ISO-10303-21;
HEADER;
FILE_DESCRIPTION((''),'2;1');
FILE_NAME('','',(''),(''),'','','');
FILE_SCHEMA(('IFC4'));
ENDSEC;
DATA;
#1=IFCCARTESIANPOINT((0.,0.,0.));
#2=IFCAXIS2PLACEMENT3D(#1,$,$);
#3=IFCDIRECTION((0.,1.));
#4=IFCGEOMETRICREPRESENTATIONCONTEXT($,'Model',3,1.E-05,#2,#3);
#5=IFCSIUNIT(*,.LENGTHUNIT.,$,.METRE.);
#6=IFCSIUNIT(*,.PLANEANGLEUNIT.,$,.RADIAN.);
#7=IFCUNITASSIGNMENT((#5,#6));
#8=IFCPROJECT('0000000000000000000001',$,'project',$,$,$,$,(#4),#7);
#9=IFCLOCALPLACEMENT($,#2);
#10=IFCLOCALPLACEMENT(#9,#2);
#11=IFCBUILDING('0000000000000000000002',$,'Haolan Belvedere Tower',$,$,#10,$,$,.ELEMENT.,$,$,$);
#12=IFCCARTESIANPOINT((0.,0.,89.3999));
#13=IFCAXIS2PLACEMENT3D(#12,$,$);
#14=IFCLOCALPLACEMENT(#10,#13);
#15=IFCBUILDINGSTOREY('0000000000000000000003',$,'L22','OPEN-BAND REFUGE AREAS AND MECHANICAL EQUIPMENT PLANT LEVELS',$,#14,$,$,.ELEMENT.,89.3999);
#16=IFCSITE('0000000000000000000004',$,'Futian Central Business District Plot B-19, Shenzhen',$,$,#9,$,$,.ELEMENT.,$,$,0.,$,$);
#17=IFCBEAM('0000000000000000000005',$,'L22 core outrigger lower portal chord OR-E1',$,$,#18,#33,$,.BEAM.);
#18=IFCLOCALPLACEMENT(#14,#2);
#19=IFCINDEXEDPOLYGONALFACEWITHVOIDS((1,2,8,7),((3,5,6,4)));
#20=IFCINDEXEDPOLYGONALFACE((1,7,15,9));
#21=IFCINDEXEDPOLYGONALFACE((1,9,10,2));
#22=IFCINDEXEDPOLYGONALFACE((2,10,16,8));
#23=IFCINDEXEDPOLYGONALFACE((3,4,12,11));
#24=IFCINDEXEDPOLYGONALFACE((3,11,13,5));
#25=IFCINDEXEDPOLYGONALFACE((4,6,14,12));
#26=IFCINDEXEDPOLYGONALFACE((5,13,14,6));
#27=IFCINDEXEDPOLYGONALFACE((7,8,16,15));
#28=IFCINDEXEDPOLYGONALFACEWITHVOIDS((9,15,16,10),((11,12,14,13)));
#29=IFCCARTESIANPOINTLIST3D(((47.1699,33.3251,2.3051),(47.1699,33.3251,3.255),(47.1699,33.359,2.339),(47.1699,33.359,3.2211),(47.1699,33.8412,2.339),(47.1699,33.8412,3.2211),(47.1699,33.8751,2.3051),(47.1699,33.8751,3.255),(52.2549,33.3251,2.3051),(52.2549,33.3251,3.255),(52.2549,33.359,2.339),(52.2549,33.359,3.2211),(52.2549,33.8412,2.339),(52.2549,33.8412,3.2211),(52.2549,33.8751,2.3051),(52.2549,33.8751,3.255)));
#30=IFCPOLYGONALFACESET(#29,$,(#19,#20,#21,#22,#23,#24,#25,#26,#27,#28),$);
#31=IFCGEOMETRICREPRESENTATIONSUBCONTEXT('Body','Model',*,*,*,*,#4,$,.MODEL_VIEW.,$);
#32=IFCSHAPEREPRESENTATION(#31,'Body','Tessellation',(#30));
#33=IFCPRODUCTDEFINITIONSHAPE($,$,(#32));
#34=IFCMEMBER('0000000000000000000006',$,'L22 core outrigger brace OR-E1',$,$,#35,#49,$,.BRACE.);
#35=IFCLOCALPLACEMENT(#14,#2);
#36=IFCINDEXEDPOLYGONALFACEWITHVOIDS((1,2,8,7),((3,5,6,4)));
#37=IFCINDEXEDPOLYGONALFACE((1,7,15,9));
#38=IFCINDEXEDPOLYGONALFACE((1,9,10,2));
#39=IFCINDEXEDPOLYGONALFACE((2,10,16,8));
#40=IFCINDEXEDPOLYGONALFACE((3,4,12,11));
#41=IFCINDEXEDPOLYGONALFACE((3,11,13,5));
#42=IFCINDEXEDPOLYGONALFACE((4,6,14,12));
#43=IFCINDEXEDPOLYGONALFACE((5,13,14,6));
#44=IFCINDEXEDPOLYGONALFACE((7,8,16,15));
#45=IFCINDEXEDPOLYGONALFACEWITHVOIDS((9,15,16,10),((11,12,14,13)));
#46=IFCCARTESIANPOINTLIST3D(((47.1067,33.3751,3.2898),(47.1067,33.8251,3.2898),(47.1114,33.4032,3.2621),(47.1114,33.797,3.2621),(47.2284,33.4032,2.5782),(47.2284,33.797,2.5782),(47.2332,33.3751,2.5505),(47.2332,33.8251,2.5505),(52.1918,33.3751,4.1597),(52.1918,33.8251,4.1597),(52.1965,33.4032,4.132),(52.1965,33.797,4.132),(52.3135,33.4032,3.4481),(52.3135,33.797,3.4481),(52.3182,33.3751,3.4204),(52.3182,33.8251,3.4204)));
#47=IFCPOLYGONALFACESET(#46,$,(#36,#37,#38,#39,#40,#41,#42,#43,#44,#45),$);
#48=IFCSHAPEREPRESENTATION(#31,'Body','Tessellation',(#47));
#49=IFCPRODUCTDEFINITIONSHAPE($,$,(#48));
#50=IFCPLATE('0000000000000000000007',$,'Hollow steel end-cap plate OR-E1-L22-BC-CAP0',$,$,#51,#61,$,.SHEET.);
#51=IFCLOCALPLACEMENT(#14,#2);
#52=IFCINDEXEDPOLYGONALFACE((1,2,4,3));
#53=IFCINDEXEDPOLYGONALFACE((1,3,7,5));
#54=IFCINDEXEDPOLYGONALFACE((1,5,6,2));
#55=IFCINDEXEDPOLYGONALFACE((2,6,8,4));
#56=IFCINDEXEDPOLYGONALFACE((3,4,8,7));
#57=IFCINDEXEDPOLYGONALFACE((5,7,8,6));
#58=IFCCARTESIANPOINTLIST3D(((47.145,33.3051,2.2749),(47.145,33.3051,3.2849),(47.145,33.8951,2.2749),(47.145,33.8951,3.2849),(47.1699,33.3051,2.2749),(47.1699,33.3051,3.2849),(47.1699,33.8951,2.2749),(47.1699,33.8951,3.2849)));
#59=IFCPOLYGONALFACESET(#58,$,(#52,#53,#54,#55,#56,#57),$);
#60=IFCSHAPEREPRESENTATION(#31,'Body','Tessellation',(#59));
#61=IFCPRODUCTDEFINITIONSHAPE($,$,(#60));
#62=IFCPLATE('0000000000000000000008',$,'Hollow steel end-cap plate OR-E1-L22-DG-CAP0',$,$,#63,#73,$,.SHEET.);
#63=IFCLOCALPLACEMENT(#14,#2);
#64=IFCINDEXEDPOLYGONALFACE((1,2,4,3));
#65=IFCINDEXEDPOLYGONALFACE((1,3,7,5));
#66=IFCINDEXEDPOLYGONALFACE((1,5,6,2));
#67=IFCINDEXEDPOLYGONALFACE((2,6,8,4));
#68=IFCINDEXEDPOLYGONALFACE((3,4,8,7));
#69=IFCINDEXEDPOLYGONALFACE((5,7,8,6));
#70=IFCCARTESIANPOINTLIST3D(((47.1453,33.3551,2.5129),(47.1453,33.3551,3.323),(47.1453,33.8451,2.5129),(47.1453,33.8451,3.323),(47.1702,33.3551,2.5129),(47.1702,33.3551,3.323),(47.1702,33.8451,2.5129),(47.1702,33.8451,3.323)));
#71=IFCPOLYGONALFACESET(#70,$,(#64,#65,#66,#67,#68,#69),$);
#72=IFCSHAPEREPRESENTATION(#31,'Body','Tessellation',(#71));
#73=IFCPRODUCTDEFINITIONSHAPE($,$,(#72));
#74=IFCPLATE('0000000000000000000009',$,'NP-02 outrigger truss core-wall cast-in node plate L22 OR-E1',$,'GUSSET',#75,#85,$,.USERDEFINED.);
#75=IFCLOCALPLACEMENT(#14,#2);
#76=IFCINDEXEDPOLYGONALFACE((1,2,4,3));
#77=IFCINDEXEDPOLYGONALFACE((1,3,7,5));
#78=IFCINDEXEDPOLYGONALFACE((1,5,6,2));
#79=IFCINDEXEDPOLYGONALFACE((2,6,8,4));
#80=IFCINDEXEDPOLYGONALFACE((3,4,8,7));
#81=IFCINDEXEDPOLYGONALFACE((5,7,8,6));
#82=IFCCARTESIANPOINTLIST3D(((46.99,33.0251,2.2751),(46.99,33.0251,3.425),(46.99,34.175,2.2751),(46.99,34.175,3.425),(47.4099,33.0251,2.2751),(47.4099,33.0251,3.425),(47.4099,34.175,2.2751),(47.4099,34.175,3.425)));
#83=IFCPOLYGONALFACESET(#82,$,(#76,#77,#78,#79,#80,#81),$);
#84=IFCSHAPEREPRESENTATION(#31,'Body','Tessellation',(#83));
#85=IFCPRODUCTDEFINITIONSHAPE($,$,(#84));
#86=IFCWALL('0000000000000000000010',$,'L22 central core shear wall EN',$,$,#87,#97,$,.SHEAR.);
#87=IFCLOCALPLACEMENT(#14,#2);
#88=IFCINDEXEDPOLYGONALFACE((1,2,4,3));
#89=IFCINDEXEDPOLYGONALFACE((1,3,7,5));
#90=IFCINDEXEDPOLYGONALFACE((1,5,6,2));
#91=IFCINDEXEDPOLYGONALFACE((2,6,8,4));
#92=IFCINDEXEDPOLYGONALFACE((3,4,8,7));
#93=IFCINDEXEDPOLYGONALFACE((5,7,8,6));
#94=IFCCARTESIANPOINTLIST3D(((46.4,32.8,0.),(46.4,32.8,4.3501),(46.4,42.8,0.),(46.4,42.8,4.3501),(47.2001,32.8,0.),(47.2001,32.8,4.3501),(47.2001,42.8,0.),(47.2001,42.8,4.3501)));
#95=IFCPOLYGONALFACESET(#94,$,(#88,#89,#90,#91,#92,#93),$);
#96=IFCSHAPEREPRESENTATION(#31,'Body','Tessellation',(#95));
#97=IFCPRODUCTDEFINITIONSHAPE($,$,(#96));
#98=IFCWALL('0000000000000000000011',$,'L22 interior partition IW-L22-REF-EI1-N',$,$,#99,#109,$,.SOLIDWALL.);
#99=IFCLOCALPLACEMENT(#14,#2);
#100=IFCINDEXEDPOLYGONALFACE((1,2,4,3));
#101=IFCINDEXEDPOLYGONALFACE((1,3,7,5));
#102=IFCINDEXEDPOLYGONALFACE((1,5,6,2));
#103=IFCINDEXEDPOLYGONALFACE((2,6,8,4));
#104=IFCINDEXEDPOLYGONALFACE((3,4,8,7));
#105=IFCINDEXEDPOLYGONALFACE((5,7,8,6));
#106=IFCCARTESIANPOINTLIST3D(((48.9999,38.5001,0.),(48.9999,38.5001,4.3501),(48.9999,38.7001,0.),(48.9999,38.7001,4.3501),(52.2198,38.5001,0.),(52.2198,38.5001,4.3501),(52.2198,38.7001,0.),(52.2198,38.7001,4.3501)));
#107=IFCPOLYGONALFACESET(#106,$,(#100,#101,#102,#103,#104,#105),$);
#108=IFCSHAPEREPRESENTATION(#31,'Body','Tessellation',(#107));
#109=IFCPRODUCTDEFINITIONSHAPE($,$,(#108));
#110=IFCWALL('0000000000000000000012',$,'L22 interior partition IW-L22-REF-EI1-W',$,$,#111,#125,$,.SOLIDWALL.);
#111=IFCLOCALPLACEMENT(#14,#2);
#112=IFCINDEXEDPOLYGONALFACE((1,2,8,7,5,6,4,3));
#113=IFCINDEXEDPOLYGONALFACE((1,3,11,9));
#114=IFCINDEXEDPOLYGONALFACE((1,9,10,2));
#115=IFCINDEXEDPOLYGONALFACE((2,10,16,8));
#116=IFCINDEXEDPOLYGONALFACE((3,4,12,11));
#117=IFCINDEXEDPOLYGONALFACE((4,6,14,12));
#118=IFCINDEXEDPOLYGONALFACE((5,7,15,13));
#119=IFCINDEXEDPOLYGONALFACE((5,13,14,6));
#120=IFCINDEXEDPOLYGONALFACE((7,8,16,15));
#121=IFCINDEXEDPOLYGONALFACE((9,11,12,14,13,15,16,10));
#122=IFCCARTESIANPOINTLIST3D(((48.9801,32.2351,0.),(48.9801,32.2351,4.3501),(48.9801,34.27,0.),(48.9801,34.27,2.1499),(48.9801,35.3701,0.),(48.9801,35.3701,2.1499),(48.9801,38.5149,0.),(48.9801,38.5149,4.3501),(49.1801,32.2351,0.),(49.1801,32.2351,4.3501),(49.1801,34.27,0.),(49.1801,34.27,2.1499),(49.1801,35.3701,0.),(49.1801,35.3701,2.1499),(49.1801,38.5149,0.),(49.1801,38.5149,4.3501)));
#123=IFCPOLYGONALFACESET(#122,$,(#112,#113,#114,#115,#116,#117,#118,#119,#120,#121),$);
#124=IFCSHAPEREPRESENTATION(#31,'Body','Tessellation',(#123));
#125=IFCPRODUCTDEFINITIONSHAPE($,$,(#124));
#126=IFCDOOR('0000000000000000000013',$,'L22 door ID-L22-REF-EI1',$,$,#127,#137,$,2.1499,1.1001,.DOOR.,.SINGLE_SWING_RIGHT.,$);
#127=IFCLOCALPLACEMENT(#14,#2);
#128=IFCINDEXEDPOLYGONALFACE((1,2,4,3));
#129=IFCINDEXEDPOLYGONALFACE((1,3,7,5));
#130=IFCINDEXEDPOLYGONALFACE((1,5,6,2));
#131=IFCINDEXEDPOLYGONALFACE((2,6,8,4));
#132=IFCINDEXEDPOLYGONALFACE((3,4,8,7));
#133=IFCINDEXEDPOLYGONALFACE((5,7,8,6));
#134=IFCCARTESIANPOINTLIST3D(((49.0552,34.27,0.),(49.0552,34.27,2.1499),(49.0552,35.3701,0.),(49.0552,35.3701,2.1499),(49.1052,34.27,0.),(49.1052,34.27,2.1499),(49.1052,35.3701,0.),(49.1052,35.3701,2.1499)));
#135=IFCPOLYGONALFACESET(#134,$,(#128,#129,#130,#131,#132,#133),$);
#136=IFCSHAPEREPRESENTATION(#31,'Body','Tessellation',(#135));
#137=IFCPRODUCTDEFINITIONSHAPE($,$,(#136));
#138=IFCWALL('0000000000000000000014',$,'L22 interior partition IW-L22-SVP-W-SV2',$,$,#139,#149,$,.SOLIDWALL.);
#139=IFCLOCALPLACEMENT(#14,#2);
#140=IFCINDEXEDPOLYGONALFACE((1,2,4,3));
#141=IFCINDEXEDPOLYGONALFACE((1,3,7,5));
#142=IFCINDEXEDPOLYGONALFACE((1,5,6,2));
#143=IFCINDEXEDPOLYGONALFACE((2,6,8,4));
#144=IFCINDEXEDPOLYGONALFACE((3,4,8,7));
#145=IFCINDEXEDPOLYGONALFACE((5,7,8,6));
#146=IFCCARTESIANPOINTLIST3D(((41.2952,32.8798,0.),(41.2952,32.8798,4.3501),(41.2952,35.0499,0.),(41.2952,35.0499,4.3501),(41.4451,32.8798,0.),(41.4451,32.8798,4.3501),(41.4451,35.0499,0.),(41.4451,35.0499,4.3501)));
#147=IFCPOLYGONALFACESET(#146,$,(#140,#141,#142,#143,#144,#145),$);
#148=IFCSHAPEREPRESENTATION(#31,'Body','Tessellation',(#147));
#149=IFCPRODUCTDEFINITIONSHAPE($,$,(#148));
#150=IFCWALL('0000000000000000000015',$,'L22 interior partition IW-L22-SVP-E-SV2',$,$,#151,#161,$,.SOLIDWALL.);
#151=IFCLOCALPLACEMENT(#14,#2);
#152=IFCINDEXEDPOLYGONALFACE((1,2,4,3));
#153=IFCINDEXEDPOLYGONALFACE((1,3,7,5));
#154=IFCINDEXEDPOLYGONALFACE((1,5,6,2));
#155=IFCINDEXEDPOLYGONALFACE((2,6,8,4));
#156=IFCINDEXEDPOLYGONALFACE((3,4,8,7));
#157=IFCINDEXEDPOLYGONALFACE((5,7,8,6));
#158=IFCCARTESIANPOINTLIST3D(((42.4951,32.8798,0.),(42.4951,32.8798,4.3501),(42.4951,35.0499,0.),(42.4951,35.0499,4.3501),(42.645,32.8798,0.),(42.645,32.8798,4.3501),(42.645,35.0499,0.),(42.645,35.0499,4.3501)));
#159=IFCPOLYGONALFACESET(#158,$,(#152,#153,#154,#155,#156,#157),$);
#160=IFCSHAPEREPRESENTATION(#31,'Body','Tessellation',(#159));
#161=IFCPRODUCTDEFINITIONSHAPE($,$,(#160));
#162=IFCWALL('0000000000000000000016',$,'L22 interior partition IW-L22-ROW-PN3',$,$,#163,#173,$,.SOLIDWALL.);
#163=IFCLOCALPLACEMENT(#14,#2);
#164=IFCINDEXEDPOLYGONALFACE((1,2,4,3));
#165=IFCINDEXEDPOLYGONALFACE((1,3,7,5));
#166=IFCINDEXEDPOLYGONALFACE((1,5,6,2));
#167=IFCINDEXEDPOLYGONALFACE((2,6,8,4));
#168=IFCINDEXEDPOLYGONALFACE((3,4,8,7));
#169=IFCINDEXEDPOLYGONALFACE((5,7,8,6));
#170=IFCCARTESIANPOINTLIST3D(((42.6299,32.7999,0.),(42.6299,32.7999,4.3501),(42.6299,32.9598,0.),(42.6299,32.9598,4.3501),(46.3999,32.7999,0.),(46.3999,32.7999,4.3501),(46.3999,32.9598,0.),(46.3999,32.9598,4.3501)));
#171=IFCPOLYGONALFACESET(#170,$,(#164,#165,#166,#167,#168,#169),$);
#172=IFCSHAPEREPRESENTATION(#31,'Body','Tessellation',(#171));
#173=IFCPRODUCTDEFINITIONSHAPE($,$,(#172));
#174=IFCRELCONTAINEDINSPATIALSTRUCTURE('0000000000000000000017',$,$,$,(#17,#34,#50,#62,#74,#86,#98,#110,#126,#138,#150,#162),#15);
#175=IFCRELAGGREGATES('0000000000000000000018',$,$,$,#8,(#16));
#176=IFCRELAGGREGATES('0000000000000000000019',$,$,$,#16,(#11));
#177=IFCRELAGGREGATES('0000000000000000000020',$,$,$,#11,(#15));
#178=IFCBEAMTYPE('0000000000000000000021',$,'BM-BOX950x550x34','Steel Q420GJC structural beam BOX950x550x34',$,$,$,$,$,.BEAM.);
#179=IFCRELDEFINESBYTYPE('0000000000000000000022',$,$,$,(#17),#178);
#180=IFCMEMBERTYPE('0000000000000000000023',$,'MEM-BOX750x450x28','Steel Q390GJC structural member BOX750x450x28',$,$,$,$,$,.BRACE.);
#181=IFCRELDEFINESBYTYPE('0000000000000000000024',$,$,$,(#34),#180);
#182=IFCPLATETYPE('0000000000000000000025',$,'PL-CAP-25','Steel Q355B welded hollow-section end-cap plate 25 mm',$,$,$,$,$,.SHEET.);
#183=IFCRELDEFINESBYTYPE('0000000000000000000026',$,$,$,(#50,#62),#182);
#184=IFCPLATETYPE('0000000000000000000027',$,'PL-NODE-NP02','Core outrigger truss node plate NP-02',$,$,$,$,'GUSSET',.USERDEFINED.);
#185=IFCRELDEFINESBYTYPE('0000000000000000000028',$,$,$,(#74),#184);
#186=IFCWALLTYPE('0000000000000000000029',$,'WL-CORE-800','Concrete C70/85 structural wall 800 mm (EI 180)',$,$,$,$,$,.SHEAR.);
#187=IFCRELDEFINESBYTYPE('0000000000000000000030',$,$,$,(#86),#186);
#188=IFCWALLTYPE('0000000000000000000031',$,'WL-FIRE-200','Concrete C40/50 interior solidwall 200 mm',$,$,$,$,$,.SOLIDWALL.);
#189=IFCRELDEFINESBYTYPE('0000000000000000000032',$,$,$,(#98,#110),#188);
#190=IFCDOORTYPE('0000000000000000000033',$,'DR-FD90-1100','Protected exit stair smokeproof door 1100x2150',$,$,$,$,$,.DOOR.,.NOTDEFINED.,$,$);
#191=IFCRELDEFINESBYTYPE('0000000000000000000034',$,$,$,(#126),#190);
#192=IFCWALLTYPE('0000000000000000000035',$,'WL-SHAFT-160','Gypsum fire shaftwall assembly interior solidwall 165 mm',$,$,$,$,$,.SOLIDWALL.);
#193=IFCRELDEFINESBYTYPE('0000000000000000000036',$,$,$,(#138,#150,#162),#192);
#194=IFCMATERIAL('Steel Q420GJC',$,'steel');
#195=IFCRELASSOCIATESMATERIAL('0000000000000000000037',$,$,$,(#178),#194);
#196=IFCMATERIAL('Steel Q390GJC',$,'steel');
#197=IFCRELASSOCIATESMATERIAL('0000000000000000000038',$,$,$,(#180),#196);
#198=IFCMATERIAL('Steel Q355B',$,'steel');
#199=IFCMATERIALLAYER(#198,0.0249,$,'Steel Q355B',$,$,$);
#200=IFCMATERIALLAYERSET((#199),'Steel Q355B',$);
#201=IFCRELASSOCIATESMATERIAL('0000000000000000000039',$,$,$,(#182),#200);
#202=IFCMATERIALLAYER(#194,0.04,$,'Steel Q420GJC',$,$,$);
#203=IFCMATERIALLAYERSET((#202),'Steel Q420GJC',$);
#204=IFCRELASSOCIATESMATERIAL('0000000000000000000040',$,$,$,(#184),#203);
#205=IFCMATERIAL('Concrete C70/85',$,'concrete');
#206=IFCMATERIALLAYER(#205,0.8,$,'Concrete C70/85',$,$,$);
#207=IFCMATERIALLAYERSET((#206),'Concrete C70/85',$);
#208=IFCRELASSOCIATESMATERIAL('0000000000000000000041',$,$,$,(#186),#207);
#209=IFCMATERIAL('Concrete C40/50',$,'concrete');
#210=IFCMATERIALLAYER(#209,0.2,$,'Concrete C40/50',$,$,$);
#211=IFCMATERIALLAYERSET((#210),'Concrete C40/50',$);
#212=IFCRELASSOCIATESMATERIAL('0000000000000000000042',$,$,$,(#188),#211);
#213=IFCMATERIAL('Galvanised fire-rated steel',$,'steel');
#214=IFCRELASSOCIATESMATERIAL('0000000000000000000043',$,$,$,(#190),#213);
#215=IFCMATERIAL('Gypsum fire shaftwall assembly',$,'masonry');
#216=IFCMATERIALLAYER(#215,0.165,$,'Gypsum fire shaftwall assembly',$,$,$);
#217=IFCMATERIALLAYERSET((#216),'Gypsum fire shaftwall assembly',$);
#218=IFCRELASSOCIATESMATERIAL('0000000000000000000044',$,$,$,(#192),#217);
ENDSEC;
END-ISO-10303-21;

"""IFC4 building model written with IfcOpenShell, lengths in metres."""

from ifc_helpers import new_model, si_unit, direction, frame, frame_2d, origin, origin_2d, place, context, subcontext, project, spatial, rectangle, hollow_rectangle, extrude, material, layer, layer_set, material_profile, profile_set, type_object, element, fill, save


model = new_model("IFC4")

# Units and contexts
model_context = context("Model", 3, precision=1e-05, world=origin(), true_north=direction((0.0, 1.0)))
body_context = subcontext(model_context, "Body", "Model", "MODEL_VIEW")
ifc_project = project(units=[si_unit("LENGTHUNIT", "METRE"), si_unit("PLANEANGLEUNIT", "RADIAN")], contexts=[model_context])

# Site, building, storey
site_placement = place(None, origin())
site = spatial("IfcSite", under=ifc_project, at=site_placement, Name="Futian Central Business District Plot B-19, Shenzhen", CompositionType="ELEMENT", RefElevation=0.0)
building_placement = place(site_placement, origin())
building = spatial("IfcBuilding", under=site, at=building_placement, Name="Haolan Belvedere Tower", CompositionType="ELEMENT")
storey_placement = place(building_placement, frame((0.0, 0.0, 89.3999)))
storey = spatial("IfcBuildingStorey", under=building, at=storey_placement, Name="L22", Description="OPEN-BAND REFUGE AREAS AND MECHANICAL EQUIPMENT PLANT LEVELS", CompositionType="ELEMENT", Elevation=89.3999)

# Beam
ifc_material_1 = material(Name="Steel Q420GJC", Category="steel")
ifc_material_profile_1 = material_profile(ifc_material_1, hollow_rectangle(XDim=0.55, YDim=0.95, WallThickness=0.0339, at=origin_2d()), Name="Steel Q420GJC")
ifc_profile_set_1 = profile_set([ifc_material_profile_1], Name="Steel Q420GJC")
beam_type = type_object("IfcBeamType", Name="BM-BOX950x550x34", Description="Steel Q420GJC structural beam BOX950x550x34", PredefinedType="BEAM", material=ifc_profile_set_1)
beam_placement = place(storey_placement, frame((47.1699, 33.6001, 2.78), z_axis=(1.0, 0.0, 0.0), x_axis=(0.0, 1.0, 0.0)))
element("IfcBeam", 1, at=beam_placement, inside=storey, type_object=beam_type, Name="L22 core outrigger lower portal chord OR-E1", PredefinedType="BEAM", context=body_context, shape_type="SweptSolid", body=[
    extrude(hollow_rectangle(XDim=0.55, YDim=0.95, WallThickness=0.0339, at=origin_2d()), origin(), (0.0, 0.0, 1.0), 5.085),
])

# Member
ifc_material_2 = material(Name="Steel Q390GJC", Category="steel")
ifc_material_profile_2 = material_profile(ifc_material_2, hollow_rectangle(XDim=0.45, YDim=0.75, WallThickness=0.0281, at=origin_2d()), Name="Steel Q390GJC")
ifc_profile_set_2 = profile_set([ifc_material_profile_2], Name="Steel Q390GJC")
member_type = type_object("IfcMemberType", Name="MEM-BOX750x450x28", Description="Steel Q390GJC structural member BOX750x450x28", PredefinedType="BRACE", material=ifc_profile_set_2)
member_placement = place(storey_placement, frame((47.1699, 33.6001, 2.9202), z_axis=(0.985681, 0.0, 0.168618), x_axis=(0.0, 1.0, 0.0)))
element("IfcMember", 2, at=member_placement, inside=storey, type_object=member_type, Name="L22 core outrigger brace OR-E1", PredefinedType="BRACE", context=body_context, shape_type="SweptSolid", body=[
    extrude(hollow_rectangle(XDim=0.45, YDim=0.75, WallThickness=0.0281, at=origin_2d()), origin(), (0.0, 0.0, 1.0), 5.1589),
])

# Plates
ifc_material_3 = material(Name="Steel Q355B", Category="steel")
ifc_layer_1 = layer(ifc_material_3, 0.0249, Name="Steel Q355B")
ifc_layer_set_1 = layer_set([ifc_layer_1], Name="Steel Q355B")
plate_type_1 = type_object("IfcPlateType", Name="PL-CAP-25", Description="Steel Q355B welded hollow-section end-cap plate 25 mm", PredefinedType="SHEET", material=ifc_layer_set_1)
plate_1_placement = place(storey_placement, frame((47.1575, 33.6001, 2.2749), z_axis=(0.0, 0.0, 1.0), x_axis=(0.0, -1.0, 0.0)))
element("IfcPlate", 3, at=plate_1_placement, inside=storey, type_object=plate_type_1, Name="Hollow steel end-cap plate OR-E1-L22-BC-CAP0", PredefinedType="SHEET", context=body_context, shape_type="SweptSolid", body=[
    extrude(rectangle(XDim=0.5901, YDim=0.0249, at=origin_2d()), origin(), (0.0, 0.0, 1.0), 1.01),
])
plate_2_placement = place(storey_placement, frame((47.1577, 33.6001, 2.5129), z_axis=(0.0, 0.0, 1.0), x_axis=(0.0, -1.0, 0.0)))
element("IfcPlate", 4, at=plate_2_placement, inside=storey, type_object=plate_type_1, Name="Hollow steel end-cap plate OR-E1-L22-DG-CAP0", PredefinedType="SHEET", context=body_context, shape_type="SweptSolid", body=[
    extrude(rectangle(XDim=0.49, YDim=0.0249, at=origin_2d()), origin(), (0.0, 0.0, 1.0), 0.8101),
])
ifc_layer_2 = layer(ifc_material_1, 0.04, Name="Steel Q420GJC")
ifc_layer_set_2 = layer_set([ifc_layer_2], Name="Steel Q420GJC")
plate_type_2 = type_object("IfcPlateType", Name="PL-NODE-NP02", Description="Core outrigger truss node plate NP-02", ElementType="GUSSET", PredefinedType="USERDEFINED", material=ifc_layer_set_2)
plate_3_placement = place(storey_placement, frame((47.2, 33.6001, 2.2751), z_axis=(0.0, 0.0, 1.0), x_axis=(1.0, 0.0, 0.0)))
element("IfcPlate", 5, at=plate_3_placement, inside=storey, type_object=plate_type_2, Name="NP-02 outrigger truss core-wall cast-in node plate L22 OR-E1", ObjectType="GUSSET", PredefinedType="USERDEFINED", context=body_context, shape_type="SweptSolid", body=[
    extrude(rectangle(XDim=0.4199, YDim=1.1499, at=origin_2d()), origin(), (0.0, 0.0, 1.0), 1.1499),
])

# Walls
ifc_material_4 = material(Name="Concrete C70/85", Category="concrete")
ifc_layer_3 = layer(ifc_material_4, 0.8, Name="Concrete C70/85")
ifc_layer_set_3 = layer_set([ifc_layer_3], Name="Concrete C70/85")
wall_type_1 = type_object("IfcWallType", Name="WL-CORE-800", Description="Concrete C70/85 structural wall 800 mm (EI 180)", PredefinedType="SHEAR", material=ifc_layer_set_3)
wall_1_placement = place(storey_placement, frame((46.8, 32.8, 0.0), z_axis=(0.0, 0.0, 1.0), x_axis=(0.0, 1.0, 0.0)))
element("IfcWall", 6, at=wall_1_placement, inside=storey, type_object=wall_type_1, Name="L22 central core shear wall EN", PredefinedType="SHEAR", context=body_context, shape_type="SweptSolid", body=[
    extrude(rectangle(XDim=10.0, YDim=0.8, at=frame_2d((5.0, 0.0))), origin(), (0.0, 0.0, 1.0), 4.3501),
])
ifc_material_5 = material(Name="Concrete C40/50", Category="concrete")
ifc_layer_4 = layer(ifc_material_5, 0.2, Name="Concrete C40/50")
ifc_layer_set_4 = layer_set([ifc_layer_4], Name="Concrete C40/50")
wall_type_2 = type_object("IfcWallType", Name="WL-FIRE-200", Description="Concrete C40/50 interior solidwall 200 mm", PredefinedType="SOLIDWALL", material=ifc_layer_set_4)
wall_2_placement = place(storey_placement, frame((49.0, 38.6001, 0.0), z_axis=(0.0, 0.0, 1.0), x_axis=(1.0, 0.0, 0.0)))
element("IfcWall", 7, at=wall_2_placement, inside=storey, type_object=wall_type_2, Name="L22 interior partition IW-L22-REF-EI1-N", PredefinedType="SOLIDWALL", context=body_context, shape_type="SweptSolid", body=[
    extrude(rectangle(XDim=3.22, YDim=0.2, at=frame_2d((1.6099, 0.0))), origin(), (0.0, 0.0, 1.0), 4.3501),
])

# Wall, opening, door
wall_3_placement = place(storey_placement, frame((49.0801, 32.2351, 0.0), z_axis=(0.0, 0.0, 1.0), x_axis=(0.0, 1.0, 0.0)))
wall_3 = element("IfcWall", 8, at=wall_3_placement, inside=storey, type_object=wall_type_2, Name="L22 interior partition IW-L22-REF-EI1-W", PredefinedType="SOLIDWALL", context=body_context, shape_type="SweptSolid", body=[
    extrude(rectangle(XDim=6.2798, YDim=0.2, at=frame_2d((3.1399, 0.0))), origin(), (0.0, 0.0, 1.0), 4.3501),
])
opening_1_placement = place(wall_3_placement, frame((2.0349, 0.0, 0.0)))
opening_1 = element("IfcOpeningElement", 9, at=opening_1_placement, cuts=wall_3, PredefinedType="OPENING", context=body_context, shape_type="SweptSolid", body=[
    extrude(rectangle(XDim=1.1001, YDim=2.1499, at=frame_2d((0.55, 1.075))), frame((0.0, 0.1099, 0.0), z_axis=(0.0, -1.0, 0.0), x_axis=(1.0, 0.0, 0.0)), (0.0, 0.0, 1.0), 0.22),
])
ifc_material_6 = material(Name="Galvanised fire-rated steel", Category="steel")
door_type_1 = type_object("IfcDoorType", Name="DR-FD90-1100", Description="Protected exit stair smokeproof door 1100x2150", OperationType="NOTDEFINED", PredefinedType="DOOR", material=ifc_material_6)
door_1_placement = place(opening_1_placement, origin())
door_1 = element("IfcDoor", 10, at=door_1_placement, inside=storey, type_object=door_type_1, Name="L22 door ID-L22-REF-EI1", OperationType="SINGLE_SWING_RIGHT", OverallHeight=2.1499, OverallWidth=1.1001, PredefinedType="DOOR", context=body_context, shape_type="SweptSolid", body=[
    extrude(rectangle(XDim=1.1001, YDim=2.1499, at=frame_2d((0.55, 1.075))), frame((0.0, 0.0249, 0.0), z_axis=(0.0, -1.0, 0.0), x_axis=(1.0, 0.0, 0.0)), (0.0, 0.0, 1.0), 0.05),
])
fill(opening_1, door_1)

# Walls
ifc_material_7 = material(Name="Gypsum fire shaftwall assembly", Category="masonry")
ifc_layer_5 = layer(ifc_material_7, 0.165, Name="Gypsum fire shaftwall assembly")
ifc_layer_set_5 = layer_set([ifc_layer_5], Name="Gypsum fire shaftwall assembly")
wall_type_3 = type_object("IfcWallType", Name="WL-SHAFT-160", Description="Gypsum fire shaftwall assembly interior solidwall 165 mm", PredefinedType="SOLIDWALL", material=ifc_layer_set_5)
for number, where, z_axis, x_axis, name in (
    (11, (41.3701, 32.8799, 0.0), (0.0, 0.0, 1.0), (0.0, 1.0, 0.0), "L22 interior partition IW-L22-SVP-W-SV2"),
    (12, (42.5701, 32.8799, 0.0), (0.0, 0.0, 1.0), (0.0, 1.0, 0.0), "L22 interior partition IW-L22-SVP-E-SV2"),
):
    element("IfcWall", number, at=place(storey_placement, frame(where, z_axis=z_axis, x_axis=x_axis)), inside=storey, type_object=wall_type_3, Name=name, PredefinedType="SOLIDWALL", context=body_context, shape_type="SweptSolid", body=[
        extrude(rectangle(XDim=2.1702, YDim=0.1499, at=frame_2d((1.085, 0.0))), origin(), (0.0, 0.0, 1.0), 4.3501),
    ])
wall_4_placement = place(storey_placement, frame((42.6299, 32.8799, 0.0), z_axis=(0.0, 0.0, 1.0), x_axis=(1.0, 0.0, 0.0)))
element("IfcWall", 13, at=wall_4_placement, inside=storey, type_object=wall_type_3, Name="L22 interior partition IW-L22-ROW-PN3", PredefinedType="SOLIDWALL", context=body_context, shape_type="SweptSolid", body=[
    extrude(rectangle(XDim=3.77, YDim=0.1599, at=frame_2d((1.885, 0.0))), origin(), (0.0, 0.0, 1.0), 4.3501),
])

save(model, "model.ifc")
